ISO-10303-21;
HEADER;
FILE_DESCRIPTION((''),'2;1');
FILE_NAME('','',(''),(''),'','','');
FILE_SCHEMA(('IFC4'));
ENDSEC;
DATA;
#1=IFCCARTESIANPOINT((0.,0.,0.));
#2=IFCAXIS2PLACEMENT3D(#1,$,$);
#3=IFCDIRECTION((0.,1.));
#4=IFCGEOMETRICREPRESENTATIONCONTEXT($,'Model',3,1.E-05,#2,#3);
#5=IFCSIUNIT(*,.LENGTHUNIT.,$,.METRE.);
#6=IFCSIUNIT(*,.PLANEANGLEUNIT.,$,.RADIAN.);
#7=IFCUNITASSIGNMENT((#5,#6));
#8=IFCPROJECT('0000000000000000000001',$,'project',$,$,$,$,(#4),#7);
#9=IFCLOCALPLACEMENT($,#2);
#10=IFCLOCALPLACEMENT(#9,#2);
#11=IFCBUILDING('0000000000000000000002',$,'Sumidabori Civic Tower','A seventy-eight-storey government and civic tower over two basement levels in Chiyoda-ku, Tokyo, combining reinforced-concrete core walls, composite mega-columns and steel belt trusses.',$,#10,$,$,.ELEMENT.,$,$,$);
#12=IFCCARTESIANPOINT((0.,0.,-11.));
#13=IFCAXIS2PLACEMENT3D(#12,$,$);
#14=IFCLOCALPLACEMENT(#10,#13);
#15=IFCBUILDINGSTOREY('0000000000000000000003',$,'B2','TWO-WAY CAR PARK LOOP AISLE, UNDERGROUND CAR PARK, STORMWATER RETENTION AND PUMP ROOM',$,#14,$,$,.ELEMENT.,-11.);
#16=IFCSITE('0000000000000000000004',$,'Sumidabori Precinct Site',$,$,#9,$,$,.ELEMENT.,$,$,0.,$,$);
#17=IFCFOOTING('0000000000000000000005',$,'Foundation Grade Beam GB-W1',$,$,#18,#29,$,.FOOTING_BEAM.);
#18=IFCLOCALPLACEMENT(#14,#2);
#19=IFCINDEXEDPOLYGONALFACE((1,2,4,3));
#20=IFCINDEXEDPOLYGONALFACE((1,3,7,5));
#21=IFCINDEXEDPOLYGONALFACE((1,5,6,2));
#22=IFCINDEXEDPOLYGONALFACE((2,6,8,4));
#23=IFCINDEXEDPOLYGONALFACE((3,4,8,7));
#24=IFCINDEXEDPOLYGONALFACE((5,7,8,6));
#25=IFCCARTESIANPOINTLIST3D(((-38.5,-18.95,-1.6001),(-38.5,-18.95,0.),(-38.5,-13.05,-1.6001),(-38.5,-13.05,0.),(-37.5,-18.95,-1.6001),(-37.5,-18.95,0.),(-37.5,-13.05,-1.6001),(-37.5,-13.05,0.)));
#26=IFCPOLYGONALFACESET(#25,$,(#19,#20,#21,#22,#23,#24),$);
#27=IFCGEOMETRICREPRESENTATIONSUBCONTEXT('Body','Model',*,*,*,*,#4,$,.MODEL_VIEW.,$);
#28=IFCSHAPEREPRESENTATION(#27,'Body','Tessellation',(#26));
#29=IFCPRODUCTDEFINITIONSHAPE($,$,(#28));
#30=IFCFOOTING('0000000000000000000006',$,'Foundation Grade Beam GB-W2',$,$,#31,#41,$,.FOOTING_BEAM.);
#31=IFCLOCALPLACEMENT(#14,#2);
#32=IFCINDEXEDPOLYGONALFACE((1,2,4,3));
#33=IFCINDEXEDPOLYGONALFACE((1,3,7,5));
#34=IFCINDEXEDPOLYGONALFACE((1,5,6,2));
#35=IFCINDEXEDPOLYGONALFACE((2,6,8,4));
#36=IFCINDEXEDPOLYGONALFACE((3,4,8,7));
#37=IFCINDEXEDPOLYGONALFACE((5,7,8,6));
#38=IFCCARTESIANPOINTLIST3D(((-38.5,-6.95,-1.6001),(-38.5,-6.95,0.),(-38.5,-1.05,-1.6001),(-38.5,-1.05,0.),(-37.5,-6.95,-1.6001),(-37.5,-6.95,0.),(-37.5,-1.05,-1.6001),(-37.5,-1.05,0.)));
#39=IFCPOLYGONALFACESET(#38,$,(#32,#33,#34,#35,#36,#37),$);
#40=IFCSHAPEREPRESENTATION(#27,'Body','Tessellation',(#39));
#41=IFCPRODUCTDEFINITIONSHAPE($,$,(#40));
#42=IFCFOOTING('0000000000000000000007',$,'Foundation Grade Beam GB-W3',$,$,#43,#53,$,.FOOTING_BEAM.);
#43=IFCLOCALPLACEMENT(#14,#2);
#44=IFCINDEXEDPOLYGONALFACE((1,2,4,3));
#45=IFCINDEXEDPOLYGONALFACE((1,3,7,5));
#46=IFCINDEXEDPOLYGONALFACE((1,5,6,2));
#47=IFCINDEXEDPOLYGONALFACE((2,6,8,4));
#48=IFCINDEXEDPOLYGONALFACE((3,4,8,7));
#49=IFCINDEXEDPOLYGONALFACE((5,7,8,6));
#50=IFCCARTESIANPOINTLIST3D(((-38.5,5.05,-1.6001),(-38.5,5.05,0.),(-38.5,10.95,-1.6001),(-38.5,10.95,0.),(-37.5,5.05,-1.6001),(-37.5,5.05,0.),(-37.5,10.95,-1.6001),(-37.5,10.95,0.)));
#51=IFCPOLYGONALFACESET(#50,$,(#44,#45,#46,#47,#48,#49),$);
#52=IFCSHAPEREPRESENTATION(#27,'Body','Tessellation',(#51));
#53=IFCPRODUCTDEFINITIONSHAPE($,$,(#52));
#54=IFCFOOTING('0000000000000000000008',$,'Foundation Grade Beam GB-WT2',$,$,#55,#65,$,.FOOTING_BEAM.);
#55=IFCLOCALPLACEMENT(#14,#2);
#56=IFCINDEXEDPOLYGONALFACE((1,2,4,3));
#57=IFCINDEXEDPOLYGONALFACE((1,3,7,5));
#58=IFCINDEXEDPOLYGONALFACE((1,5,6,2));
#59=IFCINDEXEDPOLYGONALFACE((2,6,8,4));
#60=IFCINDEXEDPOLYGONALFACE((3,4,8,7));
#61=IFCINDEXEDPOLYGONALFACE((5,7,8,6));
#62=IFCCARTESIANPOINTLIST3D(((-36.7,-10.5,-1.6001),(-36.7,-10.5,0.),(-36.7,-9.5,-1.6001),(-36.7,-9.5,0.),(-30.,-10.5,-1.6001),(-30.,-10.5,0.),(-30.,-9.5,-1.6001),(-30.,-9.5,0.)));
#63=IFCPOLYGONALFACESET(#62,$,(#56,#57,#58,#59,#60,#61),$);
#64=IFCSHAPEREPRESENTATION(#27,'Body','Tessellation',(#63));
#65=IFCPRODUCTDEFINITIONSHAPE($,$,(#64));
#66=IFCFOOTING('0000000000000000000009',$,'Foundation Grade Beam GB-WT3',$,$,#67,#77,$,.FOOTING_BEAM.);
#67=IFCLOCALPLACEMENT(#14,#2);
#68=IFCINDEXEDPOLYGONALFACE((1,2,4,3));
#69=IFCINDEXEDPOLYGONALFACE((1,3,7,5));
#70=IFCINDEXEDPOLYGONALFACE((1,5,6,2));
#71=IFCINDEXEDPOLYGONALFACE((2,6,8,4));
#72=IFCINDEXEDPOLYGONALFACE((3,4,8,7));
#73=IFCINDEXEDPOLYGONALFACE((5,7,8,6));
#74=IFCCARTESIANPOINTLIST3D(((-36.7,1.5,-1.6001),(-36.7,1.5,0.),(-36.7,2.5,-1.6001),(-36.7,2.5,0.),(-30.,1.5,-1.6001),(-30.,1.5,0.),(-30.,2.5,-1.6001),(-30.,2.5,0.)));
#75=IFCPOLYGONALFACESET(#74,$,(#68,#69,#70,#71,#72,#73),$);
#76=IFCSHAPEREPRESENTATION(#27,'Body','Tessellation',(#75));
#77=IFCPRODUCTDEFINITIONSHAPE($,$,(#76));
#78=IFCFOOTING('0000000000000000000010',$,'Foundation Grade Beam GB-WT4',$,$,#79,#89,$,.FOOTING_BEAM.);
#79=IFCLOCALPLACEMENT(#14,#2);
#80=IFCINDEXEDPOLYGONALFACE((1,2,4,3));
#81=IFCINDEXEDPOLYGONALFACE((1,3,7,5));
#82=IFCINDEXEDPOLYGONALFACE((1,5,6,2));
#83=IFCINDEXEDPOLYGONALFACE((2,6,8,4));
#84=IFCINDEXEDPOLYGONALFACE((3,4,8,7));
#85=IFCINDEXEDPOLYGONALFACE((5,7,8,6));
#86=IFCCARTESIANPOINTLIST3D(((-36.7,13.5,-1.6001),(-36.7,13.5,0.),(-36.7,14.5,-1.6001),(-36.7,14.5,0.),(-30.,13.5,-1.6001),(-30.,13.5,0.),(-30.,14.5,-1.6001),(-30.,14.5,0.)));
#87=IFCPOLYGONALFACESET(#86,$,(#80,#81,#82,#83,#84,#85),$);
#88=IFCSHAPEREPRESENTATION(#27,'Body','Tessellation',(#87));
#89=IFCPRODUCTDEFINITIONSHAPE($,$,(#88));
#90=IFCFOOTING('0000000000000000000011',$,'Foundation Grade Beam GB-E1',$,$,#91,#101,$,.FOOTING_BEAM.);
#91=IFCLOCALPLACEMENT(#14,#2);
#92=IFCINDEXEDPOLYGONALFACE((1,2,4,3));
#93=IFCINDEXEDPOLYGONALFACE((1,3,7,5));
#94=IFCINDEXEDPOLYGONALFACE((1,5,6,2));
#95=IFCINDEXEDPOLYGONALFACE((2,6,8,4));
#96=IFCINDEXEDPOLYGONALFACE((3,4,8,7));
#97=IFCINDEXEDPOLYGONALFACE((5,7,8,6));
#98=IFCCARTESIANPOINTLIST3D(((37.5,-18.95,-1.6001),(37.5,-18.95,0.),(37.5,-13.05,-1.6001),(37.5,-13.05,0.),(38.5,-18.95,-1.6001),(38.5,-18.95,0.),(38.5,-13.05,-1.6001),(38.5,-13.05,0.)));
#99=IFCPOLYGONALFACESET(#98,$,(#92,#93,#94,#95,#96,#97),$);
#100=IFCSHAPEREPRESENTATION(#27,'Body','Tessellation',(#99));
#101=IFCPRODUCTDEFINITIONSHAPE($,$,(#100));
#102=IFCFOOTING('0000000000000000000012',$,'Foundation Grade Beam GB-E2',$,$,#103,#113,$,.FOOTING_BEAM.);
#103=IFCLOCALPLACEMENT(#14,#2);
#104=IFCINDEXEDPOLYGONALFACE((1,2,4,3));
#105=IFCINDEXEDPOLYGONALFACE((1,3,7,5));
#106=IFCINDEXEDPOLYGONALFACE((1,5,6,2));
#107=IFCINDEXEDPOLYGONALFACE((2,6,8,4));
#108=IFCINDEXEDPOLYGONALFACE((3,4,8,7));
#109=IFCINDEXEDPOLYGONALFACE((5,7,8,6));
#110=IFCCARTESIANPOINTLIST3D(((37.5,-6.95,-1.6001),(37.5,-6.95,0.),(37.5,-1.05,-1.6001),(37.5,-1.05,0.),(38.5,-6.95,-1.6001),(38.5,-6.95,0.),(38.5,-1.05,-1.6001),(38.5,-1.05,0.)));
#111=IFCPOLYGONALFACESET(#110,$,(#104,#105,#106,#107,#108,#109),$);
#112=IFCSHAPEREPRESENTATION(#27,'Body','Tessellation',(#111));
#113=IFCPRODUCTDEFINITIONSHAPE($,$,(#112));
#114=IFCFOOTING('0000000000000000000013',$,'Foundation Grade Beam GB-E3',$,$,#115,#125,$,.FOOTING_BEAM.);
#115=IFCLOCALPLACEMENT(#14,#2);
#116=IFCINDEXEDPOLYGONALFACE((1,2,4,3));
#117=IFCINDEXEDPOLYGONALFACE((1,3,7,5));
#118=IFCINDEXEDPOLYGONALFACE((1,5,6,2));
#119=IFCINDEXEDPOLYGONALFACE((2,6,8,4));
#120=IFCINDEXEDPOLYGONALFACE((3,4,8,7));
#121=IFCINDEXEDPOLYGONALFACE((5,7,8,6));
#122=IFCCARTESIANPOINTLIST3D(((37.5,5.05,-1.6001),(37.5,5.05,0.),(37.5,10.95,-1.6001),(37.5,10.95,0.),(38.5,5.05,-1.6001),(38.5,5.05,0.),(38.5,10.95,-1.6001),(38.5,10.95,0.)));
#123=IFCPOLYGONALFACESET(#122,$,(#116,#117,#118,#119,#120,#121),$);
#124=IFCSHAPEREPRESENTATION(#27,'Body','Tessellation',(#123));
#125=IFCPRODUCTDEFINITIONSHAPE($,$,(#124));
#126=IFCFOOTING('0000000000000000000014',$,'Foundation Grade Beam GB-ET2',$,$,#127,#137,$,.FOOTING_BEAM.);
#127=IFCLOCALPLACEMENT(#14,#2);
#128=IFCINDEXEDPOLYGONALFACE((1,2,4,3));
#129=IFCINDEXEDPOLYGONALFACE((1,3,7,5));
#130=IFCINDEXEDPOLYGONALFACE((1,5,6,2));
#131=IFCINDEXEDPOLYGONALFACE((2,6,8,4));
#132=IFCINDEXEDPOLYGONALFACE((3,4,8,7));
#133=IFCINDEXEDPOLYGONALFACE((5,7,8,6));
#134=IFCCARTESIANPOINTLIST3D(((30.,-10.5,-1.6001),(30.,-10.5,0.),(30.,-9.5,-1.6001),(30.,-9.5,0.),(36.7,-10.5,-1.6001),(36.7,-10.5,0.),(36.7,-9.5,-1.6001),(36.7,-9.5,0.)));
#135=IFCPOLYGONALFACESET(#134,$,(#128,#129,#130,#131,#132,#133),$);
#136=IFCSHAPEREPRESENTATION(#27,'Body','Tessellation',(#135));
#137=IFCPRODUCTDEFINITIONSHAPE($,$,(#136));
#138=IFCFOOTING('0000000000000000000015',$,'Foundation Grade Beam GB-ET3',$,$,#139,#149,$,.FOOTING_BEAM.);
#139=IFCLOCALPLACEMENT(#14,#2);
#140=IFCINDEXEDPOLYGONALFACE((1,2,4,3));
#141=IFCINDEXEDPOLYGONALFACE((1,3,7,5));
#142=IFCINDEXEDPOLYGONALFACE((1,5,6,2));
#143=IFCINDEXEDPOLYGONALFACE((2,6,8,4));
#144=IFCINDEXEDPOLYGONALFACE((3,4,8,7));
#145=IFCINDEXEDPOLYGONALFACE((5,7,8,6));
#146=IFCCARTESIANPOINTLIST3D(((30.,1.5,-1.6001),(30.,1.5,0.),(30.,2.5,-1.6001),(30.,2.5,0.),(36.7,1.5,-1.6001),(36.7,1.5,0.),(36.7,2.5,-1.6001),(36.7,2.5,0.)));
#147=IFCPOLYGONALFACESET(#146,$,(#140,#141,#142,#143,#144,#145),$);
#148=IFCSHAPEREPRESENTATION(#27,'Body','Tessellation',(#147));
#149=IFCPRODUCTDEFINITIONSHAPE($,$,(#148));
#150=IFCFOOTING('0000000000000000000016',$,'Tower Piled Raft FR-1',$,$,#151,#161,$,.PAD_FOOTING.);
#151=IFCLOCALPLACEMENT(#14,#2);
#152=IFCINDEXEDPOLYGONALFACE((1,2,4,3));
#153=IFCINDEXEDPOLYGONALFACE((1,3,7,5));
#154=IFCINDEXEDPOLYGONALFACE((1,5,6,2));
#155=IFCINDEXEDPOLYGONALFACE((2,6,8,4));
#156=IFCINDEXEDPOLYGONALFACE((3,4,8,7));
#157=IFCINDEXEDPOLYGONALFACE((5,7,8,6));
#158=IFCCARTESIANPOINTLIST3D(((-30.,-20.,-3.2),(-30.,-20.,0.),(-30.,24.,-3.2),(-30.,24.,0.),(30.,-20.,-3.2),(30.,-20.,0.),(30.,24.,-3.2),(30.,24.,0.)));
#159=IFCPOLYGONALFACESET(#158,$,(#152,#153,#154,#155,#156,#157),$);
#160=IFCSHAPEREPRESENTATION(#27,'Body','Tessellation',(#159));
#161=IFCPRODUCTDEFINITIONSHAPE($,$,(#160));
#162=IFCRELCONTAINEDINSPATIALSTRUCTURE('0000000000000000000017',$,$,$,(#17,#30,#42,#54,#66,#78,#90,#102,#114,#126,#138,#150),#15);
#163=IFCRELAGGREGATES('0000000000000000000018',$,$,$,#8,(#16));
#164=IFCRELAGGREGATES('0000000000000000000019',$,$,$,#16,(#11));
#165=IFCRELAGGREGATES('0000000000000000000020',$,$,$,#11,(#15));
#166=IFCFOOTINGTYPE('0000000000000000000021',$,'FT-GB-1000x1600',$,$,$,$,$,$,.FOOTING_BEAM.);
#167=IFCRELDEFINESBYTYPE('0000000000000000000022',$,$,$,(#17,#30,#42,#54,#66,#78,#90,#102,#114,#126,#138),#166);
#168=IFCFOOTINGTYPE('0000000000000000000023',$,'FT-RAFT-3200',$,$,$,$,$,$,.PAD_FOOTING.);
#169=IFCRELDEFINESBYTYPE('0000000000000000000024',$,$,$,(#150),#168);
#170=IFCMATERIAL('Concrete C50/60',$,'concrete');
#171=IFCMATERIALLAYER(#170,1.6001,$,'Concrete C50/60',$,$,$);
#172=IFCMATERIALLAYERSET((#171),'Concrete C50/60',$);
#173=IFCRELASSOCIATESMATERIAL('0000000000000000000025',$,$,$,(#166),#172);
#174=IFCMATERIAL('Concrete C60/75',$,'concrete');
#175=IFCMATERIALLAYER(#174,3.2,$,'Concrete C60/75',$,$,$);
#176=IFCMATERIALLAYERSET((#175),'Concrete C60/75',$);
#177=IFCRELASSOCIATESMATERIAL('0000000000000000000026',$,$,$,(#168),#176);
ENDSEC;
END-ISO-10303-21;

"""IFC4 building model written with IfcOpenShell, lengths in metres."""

from ifc_helpers import new_model, si_unit, direction, frame, origin, place, context, subcontext, project, spatial, polyline, outline, extrude, material, layer, layer_set, type_object, element, save


model = new_model("IFC4")

# Units and contexts
model_context = context("Model", 3, precision=1e-05, world=origin(), true_north=direction((0.0, 1.0)))
body_context = subcontext(model_context, "Body", "Model", "MODEL_VIEW")
ifc_project = project(units=[si_unit("LENGTHUNIT", "METRE"), si_unit("PLANEANGLEUNIT", "RADIAN")], contexts=[model_context])

# Site, building, storey
site_placement = place(None, origin())
site = spatial("IfcSite", under=ifc_project, at=site_placement, Name="Sumidabori Precinct Site", CompositionType="ELEMENT", RefElevation=0.0)
building_placement = place(site_placement, origin())
building = spatial("IfcBuilding", under=site, at=building_placement, Name="Sumidabori Civic Tower", Description="A seventy-eight-storey government and civic tower over two basement levels in Chiyoda-ku, Tokyo, combining reinforced-concrete core walls, composite mega-columns and steel belt trusses.", CompositionType="ELEMENT")
storey_placement = place(building_placement, frame((0.0, 0.0, -11.0)))
storey = spatial("IfcBuildingStorey", under=building, at=storey_placement, Name="B2", Description="TWO-WAY CAR PARK LOOP AISLE, UNDERGROUND CAR PARK, STORMWATER RETENTION AND PUMP ROOM", CompositionType="ELEMENT", Elevation=-11.0)

# Footings
ifc_material_1 = material(Name="Concrete C50/60", Category="concrete")
ifc_layer_1 = layer(ifc_material_1, 1.6001, Name="Concrete C50/60")
ifc_layer_set_1 = layer_set([ifc_layer_1], Name="Concrete C50/60")
footing_type_1 = type_object("IfcFootingType", Name="FT-GB-1000x1600", PredefinedType="FOOTING_BEAM", material=ifc_layer_set_1)
footing_1_placement = place(storey_placement, frame((0.0, 0.0, -1.6001)))
element("IfcFooting", 1, at=footing_1_placement, inside=storey, type_object=footing_type_1, Name="Foundation Grade Beam GB-W1", PredefinedType="FOOTING_BEAM", context=body_context, shape_type="SweptSolid", body=[
    extrude(outline(polyline([(-38.5, -18.95), (-37.5, -18.95), (-37.5, -13.05), (-38.5, -13.05), (-38.5, -18.95)])), origin(), (0.0, 0.0, 1.0), 1.6001),
])
footing_2_placement = place(storey_placement, frame((0.0, 0.0, -1.6001)))
element("IfcFooting", 2, at=footing_2_placement, inside=storey, type_object=footing_type_1, Name="Foundation Grade Beam GB-W2", PredefinedType="FOOTING_BEAM", context=body_context, shape_type="SweptSolid", body=[
    extrude(outline(polyline([(-38.5, -6.95), (-37.5, -6.95), (-37.5, -1.05), (-38.5, -1.05), (-38.5, -6.95)])), origin(), (0.0, 0.0, 1.0), 1.6001),
])
footing_3_placement = place(storey_placement, frame((0.0, 0.0, -1.6001)))
element("IfcFooting", 3, at=footing_3_placement, inside=storey, type_object=footing_type_1, Name="Foundation Grade Beam GB-W3", PredefinedType="FOOTING_BEAM", context=body_context, shape_type="SweptSolid", body=[
    extrude(outline(polyline([(-38.5, 5.05), (-37.5, 5.05), (-37.5, 10.95), (-38.5, 10.95), (-38.5, 5.05)])), origin(), (0.0, 0.0, 1.0), 1.6001),
])
footing_4_placement = place(storey_placement, frame((0.0, 0.0, -1.6001)))
element("IfcFooting", 4, at=footing_4_placement, inside=storey, type_object=footing_type_1, Name="Foundation Grade Beam GB-WT2", PredefinedType="FOOTING_BEAM", context=body_context, shape_type="SweptSolid", body=[
    extrude(outline(polyline([(-36.7, -10.5), (-30.0, -10.5), (-30.0, -9.5), (-36.7, -9.5), (-36.7, -10.5)])), origin(), (0.0, 0.0, 1.0), 1.6001),
])
footing_5_placement = place(storey_placement, frame((0.0, 0.0, -1.6001)))
element("IfcFooting", 5, at=footing_5_placement, inside=storey, type_object=footing_type_1, Name="Foundation Grade Beam GB-WT3", PredefinedType="FOOTING_BEAM", context=body_context, shape_type="SweptSolid", body=[
    extrude(outline(polyline([(-36.7, 1.5), (-30.0, 1.5), (-30.0, 2.5), (-36.7, 2.5), (-36.7, 1.5)])), origin(), (0.0, 0.0, 1.0), 1.6001),
])
footing_6_placement = place(storey_placement, frame((0.0, 0.0, -1.6001)))
element("IfcFooting", 6, at=footing_6_placement, inside=storey, type_object=footing_type_1, Name="Foundation Grade Beam GB-WT4", PredefinedType="FOOTING_BEAM", context=body_context, shape_type="SweptSolid", body=[
    extrude(outline(polyline([(-36.7, 13.5), (-30.0, 13.5), (-30.0, 14.5), (-36.7, 14.5), (-36.7, 13.5)])), origin(), (0.0, 0.0, 1.0), 1.6001),
])
footing_7_placement = place(storey_placement, frame((0.0, 0.0, -1.6001)))
element("IfcFooting", 7, at=footing_7_placement, inside=storey, type_object=footing_type_1, Name="Foundation Grade Beam GB-E1", PredefinedType="FOOTING_BEAM", context=body_context, shape_type="SweptSolid", body=[
    extrude(outline(polyline([(37.5, -18.95), (38.5, -18.95), (38.5, -13.05), (37.5, -13.05), (37.5, -18.95)])), origin(), (0.0, 0.0, 1.0), 1.6001),
])
footing_8_placement = place(storey_placement, frame((0.0, 0.0, -1.6001)))
element("IfcFooting", 8, at=footing_8_placement, inside=storey, type_object=footing_type_1, Name="Foundation Grade Beam GB-E2", PredefinedType="FOOTING_BEAM", context=body_context, shape_type="SweptSolid", body=[
    extrude(outline(polyline([(37.5, -6.95), (38.5, -6.95), (38.5, -1.05), (37.5, -1.05), (37.5, -6.95)])), origin(), (0.0, 0.0, 1.0), 1.6001),
])
footing_9_placement = place(storey_placement, frame((0.0, 0.0, -1.6001)))
element("IfcFooting", 9, at=footing_9_placement, inside=storey, type_object=footing_type_1, Name="Foundation Grade Beam GB-E3", PredefinedType="FOOTING_BEAM", context=body_context, shape_type="SweptSolid", body=[
    extrude(outline(polyline([(37.5, 5.05), (38.5, 5.05), (38.5, 10.95), (37.5, 10.95), (37.5, 5.05)])), origin(), (0.0, 0.0, 1.0), 1.6001),
])
footing_10_placement = place(storey_placement, frame((0.0, 0.0, -1.6001)))
element("IfcFooting", 10, at=footing_10_placement, inside=storey, type_object=footing_type_1, Name="Foundation Grade Beam GB-ET2", PredefinedType="FOOTING_BEAM", context=body_context, shape_type="SweptSolid", body=[
    extrude(outline(polyline([(30.0, -10.5), (36.7, -10.5), (36.7, -9.5), (30.0, -9.5), (30.0, -10.5)])), origin(), (0.0, 0.0, 1.0), 1.6001),
])
footing_11_placement = place(storey_placement, frame((0.0, 0.0, -1.6001)))
element("IfcFooting", 11, at=footing_11_placement, inside=storey, type_object=footing_type_1, Name="Foundation Grade Beam GB-ET3", PredefinedType="FOOTING_BEAM", context=body_context, shape_type="SweptSolid", body=[
    extrude(outline(polyline([(30.0, 1.5), (36.7, 1.5), (36.7, 2.5), (30.0, 2.5), (30.0, 1.5)])), origin(), (0.0, 0.0, 1.0), 1.6001),
])
ifc_material_2 = material(Name="Concrete C60/75", Category="concrete")
ifc_layer_2 = layer(ifc_material_2, 3.2, Name="Concrete C60/75")
ifc_layer_set_2 = layer_set([ifc_layer_2], Name="Concrete C60/75")
footing_type_2 = type_object("IfcFootingType", Name="FT-RAFT-3200", PredefinedType="PAD_FOOTING", material=ifc_layer_set_2)
footing_12_placement = place(storey_placement, frame((0.0, 0.0, -3.2)))
element("IfcFooting", 12, at=footing_12_placement, inside=storey, type_object=footing_type_2, Name="Tower Piled Raft FR-1", PredefinedType="PAD_FOOTING", context=body_context, shape_type="SweptSolid", body=[
    extrude(outline(polyline([(-30.0, -20.0), (30.0, -20.0), (30.0, 24.0), (-30.0, 24.0), (-30.0, -20.0)])), origin(), (0.0, 0.0, 1.0), 3.2),
])

save(model, "model.ifc")
